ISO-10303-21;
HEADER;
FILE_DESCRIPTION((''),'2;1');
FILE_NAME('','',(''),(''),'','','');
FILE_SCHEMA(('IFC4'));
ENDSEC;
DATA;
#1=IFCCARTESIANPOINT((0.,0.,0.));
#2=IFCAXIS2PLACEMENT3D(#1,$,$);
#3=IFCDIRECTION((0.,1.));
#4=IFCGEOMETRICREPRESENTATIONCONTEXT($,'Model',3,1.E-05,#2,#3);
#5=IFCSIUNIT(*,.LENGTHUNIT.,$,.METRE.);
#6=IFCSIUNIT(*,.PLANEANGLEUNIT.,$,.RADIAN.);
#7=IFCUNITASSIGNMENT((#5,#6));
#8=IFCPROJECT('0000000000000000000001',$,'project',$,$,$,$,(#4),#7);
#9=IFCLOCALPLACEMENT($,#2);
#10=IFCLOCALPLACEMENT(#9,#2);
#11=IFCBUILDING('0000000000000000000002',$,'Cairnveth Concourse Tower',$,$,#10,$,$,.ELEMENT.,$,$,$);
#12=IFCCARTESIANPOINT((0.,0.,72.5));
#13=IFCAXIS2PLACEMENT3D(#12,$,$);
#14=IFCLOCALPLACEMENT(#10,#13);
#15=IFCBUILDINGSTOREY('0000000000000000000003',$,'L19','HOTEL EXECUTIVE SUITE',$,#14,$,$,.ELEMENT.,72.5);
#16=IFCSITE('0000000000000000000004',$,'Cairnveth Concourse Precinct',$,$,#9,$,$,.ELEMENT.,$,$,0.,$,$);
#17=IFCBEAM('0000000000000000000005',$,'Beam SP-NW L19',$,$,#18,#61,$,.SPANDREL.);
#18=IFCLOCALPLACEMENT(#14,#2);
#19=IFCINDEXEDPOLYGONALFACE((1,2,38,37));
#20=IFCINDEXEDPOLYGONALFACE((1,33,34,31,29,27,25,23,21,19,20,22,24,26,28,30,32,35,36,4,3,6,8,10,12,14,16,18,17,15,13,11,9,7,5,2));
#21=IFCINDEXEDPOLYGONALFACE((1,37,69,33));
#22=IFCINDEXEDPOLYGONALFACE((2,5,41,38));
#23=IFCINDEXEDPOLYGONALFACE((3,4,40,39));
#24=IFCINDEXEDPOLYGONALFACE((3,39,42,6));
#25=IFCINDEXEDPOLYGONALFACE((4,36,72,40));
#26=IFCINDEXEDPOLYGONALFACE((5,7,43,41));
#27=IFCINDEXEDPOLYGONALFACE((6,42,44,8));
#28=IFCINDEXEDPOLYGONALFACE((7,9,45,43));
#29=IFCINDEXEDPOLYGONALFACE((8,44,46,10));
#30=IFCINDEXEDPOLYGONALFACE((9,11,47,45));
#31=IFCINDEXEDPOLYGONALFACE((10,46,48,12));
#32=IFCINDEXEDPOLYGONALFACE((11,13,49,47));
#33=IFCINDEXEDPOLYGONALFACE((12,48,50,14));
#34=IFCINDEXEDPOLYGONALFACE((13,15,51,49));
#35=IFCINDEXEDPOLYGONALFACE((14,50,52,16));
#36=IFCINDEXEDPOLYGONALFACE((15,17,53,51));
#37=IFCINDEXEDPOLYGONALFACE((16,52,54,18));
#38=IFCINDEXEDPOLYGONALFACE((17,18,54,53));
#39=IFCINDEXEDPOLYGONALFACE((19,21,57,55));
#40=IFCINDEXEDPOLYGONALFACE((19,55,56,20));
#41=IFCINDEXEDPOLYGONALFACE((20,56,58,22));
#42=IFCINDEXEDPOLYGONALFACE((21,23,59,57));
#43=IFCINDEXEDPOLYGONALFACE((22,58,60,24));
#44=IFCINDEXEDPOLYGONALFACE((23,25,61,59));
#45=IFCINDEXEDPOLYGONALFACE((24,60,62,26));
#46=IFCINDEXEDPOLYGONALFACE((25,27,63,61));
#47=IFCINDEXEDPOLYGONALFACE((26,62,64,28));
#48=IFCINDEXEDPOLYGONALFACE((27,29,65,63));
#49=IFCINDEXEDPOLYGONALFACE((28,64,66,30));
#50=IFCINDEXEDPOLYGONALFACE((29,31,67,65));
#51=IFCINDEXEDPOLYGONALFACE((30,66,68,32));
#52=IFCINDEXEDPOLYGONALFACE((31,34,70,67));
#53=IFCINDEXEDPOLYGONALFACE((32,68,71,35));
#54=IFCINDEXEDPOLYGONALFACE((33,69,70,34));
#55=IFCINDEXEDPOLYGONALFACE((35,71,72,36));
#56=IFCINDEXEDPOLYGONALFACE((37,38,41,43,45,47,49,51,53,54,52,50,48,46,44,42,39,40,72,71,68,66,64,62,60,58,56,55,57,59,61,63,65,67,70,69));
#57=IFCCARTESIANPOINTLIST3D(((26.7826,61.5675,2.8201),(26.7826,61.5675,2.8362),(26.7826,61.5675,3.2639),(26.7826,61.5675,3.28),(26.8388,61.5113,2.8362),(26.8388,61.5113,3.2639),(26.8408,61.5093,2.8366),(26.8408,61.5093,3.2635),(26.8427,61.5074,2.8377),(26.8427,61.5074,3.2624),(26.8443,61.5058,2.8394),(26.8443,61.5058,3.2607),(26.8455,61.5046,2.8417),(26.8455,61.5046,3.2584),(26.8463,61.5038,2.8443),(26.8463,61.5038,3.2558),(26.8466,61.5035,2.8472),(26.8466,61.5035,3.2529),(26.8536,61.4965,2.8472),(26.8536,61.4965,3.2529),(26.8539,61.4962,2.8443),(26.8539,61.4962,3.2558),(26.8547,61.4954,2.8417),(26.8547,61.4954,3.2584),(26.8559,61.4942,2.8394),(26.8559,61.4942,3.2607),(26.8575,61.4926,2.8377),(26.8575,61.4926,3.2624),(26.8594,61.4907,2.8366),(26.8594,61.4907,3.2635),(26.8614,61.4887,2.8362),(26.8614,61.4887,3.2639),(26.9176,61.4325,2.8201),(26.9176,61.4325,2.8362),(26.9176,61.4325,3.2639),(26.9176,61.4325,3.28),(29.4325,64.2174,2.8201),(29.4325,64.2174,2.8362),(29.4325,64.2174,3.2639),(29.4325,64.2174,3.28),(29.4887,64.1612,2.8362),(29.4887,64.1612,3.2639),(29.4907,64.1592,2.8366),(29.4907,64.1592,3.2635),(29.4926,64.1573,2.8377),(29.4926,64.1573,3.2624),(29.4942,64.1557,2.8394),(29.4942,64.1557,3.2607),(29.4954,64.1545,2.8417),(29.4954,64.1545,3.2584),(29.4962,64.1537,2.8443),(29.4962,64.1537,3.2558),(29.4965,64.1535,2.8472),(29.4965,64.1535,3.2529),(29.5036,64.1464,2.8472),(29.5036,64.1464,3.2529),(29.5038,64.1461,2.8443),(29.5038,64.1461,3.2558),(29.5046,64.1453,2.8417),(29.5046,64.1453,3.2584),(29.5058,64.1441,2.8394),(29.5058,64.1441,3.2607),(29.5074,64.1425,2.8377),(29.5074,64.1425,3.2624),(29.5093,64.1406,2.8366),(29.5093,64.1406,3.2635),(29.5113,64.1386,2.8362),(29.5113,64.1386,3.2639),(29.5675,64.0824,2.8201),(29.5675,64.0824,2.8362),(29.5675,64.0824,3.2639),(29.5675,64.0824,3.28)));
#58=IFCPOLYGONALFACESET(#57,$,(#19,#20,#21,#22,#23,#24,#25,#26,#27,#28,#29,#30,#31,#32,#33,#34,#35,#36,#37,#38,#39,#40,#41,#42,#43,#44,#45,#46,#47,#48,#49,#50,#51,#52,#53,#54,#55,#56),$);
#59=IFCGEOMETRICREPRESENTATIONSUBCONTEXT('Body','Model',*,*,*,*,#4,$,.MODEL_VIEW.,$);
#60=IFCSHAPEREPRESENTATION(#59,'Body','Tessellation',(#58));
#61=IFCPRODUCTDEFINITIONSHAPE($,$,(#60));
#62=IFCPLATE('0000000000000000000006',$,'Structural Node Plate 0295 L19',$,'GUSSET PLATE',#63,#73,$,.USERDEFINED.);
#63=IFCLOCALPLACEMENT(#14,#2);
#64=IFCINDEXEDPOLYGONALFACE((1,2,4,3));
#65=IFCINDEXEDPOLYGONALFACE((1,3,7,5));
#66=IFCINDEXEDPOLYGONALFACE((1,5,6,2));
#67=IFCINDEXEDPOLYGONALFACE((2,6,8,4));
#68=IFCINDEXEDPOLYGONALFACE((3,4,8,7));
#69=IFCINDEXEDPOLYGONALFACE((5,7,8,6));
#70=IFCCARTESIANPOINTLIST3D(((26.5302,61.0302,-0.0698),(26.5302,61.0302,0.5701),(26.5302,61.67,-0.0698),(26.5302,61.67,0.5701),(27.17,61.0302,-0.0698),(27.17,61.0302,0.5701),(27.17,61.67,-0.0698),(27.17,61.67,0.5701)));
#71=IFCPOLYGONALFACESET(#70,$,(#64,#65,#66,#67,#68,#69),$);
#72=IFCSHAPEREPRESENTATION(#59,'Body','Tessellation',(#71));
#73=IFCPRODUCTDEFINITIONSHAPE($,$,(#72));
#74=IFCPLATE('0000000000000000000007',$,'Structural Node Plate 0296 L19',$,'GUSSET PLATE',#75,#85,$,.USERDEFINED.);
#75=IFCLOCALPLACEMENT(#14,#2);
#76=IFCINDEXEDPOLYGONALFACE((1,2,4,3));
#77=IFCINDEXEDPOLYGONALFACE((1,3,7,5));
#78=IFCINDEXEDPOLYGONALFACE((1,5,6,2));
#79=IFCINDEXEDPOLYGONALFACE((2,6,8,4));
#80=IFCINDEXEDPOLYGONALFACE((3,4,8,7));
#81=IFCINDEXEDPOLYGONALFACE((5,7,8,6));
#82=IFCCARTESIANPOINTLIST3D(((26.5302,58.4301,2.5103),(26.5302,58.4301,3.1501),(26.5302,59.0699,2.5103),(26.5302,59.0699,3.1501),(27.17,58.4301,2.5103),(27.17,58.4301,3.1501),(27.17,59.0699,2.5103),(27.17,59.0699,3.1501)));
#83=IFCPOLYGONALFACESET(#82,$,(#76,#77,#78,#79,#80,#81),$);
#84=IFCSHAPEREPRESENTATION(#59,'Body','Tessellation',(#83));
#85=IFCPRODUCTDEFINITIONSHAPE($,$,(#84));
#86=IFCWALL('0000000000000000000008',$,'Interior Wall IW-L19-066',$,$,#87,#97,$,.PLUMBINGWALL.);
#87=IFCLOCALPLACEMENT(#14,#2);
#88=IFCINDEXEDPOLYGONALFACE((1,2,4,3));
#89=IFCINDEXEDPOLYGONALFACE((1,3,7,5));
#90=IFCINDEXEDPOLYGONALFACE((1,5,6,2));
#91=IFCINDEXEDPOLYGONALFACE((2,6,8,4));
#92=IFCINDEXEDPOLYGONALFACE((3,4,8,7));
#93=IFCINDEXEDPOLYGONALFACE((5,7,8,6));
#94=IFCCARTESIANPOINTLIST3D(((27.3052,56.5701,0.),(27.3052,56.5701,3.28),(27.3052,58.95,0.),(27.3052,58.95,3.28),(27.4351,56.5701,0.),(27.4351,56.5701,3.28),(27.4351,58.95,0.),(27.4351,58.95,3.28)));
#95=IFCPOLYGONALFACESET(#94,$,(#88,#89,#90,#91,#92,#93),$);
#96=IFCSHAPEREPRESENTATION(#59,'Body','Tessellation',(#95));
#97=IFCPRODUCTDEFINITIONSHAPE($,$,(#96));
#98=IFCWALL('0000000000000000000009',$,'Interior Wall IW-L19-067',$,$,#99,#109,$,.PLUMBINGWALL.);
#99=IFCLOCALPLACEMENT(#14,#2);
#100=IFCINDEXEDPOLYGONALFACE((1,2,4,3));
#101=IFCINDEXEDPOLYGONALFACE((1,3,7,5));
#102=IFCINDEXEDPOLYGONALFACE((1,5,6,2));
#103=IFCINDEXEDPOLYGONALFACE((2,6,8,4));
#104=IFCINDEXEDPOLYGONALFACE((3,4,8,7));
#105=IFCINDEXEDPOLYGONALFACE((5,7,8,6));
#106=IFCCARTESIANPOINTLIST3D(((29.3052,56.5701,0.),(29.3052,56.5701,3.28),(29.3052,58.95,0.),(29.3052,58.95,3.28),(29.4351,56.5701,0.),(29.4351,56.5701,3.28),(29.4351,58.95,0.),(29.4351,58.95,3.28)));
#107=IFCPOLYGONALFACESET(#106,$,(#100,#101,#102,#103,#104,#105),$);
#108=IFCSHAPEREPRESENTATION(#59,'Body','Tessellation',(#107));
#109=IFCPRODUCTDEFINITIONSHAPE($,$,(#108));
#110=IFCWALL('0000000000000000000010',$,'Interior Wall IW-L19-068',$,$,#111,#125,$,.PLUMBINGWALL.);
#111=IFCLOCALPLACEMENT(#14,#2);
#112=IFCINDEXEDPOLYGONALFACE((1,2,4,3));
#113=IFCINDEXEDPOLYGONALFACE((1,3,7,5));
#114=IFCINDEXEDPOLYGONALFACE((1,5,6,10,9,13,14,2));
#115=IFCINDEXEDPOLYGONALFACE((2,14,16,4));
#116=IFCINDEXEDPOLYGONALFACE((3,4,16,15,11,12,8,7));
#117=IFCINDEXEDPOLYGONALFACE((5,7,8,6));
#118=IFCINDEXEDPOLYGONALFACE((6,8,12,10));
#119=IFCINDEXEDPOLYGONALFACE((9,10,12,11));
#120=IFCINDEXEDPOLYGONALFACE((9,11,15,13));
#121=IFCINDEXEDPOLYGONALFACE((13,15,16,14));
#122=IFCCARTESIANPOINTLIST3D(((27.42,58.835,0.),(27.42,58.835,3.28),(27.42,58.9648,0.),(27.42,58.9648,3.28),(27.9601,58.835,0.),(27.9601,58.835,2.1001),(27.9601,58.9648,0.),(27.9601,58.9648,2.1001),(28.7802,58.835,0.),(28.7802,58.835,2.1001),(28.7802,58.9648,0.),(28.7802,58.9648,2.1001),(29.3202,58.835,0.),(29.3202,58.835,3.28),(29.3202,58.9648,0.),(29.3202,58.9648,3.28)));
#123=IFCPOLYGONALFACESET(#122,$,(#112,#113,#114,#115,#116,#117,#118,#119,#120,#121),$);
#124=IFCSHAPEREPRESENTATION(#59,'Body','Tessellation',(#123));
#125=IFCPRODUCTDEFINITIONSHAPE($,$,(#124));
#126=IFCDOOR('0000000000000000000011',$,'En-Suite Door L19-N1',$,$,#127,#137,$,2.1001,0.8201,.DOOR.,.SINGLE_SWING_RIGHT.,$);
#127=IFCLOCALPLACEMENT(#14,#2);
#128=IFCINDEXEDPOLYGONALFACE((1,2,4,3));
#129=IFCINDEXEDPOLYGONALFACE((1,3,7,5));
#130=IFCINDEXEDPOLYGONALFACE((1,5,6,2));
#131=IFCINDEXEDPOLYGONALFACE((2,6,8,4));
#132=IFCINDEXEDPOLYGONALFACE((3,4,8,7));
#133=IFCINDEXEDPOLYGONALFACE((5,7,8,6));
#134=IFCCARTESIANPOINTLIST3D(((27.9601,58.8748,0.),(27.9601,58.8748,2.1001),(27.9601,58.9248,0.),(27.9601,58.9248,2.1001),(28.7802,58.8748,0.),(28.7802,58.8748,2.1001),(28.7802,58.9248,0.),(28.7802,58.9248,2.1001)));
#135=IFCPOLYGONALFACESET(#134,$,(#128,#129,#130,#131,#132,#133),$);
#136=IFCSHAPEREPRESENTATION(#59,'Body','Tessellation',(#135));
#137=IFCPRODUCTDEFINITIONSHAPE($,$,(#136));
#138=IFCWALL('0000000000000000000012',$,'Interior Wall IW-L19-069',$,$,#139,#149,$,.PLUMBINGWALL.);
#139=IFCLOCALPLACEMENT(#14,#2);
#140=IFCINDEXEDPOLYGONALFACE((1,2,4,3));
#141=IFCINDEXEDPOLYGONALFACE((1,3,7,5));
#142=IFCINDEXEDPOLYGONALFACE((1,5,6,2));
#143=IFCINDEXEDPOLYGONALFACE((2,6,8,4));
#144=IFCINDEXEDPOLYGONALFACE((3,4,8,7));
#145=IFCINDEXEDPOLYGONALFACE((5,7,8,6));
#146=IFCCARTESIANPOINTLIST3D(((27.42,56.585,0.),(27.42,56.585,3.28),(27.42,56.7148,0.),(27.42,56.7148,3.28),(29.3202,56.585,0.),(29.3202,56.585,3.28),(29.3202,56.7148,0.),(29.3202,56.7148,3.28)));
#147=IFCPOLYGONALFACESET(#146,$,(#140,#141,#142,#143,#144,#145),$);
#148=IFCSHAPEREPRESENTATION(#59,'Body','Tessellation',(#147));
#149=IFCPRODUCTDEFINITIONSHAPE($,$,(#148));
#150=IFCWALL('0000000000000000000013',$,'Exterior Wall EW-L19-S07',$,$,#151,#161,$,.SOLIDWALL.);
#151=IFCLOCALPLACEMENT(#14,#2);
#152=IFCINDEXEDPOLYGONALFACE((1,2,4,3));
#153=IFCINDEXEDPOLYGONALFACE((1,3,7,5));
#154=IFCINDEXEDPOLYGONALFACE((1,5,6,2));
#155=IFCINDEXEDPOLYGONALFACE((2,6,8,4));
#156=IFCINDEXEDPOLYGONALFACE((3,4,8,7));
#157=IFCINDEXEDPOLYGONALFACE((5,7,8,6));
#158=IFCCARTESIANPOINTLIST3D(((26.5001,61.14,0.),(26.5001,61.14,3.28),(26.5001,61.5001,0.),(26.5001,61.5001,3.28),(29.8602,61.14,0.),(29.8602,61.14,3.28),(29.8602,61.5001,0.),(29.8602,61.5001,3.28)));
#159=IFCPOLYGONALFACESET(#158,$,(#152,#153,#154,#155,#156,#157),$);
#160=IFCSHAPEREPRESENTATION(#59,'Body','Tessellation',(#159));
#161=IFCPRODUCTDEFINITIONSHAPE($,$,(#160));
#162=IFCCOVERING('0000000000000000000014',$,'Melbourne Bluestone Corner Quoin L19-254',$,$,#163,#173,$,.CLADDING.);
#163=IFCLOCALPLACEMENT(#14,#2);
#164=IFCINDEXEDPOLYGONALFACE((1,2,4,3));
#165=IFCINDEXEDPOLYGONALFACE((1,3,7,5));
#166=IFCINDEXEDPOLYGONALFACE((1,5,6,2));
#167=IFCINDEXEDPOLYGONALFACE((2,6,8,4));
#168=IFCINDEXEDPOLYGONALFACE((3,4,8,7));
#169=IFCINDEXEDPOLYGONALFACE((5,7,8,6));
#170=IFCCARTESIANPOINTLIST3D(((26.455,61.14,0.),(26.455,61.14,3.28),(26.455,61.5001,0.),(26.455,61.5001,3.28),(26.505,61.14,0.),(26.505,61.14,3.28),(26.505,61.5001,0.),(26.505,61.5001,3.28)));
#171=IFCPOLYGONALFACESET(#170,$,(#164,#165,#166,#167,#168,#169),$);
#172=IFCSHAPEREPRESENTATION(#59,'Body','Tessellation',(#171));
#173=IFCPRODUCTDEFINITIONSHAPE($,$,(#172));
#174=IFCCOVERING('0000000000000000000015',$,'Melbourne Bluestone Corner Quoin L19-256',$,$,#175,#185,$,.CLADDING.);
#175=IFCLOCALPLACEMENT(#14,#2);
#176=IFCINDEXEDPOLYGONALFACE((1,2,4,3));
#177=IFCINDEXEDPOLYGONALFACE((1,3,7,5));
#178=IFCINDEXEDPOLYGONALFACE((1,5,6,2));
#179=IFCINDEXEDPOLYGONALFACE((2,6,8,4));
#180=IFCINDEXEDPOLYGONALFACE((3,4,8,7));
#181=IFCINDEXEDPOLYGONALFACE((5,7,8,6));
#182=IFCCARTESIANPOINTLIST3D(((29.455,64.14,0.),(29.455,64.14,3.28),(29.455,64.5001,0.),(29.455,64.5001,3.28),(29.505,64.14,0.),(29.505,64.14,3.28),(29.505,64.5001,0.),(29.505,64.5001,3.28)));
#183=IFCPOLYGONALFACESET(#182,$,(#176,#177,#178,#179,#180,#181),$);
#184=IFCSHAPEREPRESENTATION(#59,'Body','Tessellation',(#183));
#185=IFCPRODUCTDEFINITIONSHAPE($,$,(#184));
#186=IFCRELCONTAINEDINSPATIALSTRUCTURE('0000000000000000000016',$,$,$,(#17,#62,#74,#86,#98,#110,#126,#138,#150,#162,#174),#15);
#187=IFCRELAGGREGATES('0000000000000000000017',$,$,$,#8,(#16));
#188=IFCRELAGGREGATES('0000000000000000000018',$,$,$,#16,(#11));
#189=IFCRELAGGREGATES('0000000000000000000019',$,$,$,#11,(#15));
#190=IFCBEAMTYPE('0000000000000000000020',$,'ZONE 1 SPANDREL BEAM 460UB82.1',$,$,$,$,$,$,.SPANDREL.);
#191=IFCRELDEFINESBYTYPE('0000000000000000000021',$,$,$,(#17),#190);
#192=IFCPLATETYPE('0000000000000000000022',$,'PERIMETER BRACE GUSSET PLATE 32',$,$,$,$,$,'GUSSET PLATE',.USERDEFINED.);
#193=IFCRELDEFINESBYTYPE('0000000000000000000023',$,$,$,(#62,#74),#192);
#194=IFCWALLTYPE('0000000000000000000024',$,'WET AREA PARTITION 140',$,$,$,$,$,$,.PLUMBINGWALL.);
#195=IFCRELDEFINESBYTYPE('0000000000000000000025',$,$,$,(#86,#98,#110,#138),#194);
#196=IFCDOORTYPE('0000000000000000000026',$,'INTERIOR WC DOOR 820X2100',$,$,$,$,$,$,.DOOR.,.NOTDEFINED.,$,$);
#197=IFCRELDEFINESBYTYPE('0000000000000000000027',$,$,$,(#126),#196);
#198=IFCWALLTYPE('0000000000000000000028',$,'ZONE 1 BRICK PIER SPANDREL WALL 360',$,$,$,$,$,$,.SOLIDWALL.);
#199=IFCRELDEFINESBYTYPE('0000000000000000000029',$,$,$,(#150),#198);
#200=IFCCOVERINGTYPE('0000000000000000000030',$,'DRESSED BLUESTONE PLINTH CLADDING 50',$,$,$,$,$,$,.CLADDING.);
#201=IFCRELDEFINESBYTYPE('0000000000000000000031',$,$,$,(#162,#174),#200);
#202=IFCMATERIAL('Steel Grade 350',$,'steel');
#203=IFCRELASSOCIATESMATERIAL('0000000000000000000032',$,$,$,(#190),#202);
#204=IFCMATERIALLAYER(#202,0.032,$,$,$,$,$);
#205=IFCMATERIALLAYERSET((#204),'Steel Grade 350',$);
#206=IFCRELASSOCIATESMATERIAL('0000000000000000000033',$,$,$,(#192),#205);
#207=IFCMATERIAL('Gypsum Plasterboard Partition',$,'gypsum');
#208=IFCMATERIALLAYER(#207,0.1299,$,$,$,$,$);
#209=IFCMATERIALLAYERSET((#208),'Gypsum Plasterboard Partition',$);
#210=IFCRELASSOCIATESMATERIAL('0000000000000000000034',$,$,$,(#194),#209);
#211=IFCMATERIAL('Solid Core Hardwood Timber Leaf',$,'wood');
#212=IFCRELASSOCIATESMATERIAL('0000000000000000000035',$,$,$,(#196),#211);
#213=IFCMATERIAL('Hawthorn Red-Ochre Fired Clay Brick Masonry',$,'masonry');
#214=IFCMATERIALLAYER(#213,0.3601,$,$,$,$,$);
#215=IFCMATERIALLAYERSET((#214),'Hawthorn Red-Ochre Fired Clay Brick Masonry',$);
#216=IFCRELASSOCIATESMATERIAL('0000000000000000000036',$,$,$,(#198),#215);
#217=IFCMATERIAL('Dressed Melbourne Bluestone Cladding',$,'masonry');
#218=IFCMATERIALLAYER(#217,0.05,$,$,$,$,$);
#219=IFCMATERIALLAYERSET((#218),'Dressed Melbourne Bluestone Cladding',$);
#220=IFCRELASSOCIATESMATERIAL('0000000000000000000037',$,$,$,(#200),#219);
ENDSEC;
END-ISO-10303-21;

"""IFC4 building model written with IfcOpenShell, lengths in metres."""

from ifc_helpers import new_model, si_unit, direction, frame, frame_2d, origin, origin_2d, place, context, subcontext, project, spatial, rectangle, i_section, extrude, material, layer, layer_set, material_profile, profile_set, type_object, element, fill, save


model = new_model("IFC4")

# Units and contexts
model_context = context("Model", 3, precision=1e-05, world=origin(), true_north=direction((0.0, 1.0)))
body_context = subcontext(model_context, "Body", "Model", "MODEL_VIEW")
ifc_project = project(units=[si_unit("LENGTHUNIT", "METRE"), si_unit("PLANEANGLEUNIT", "RADIAN")], contexts=[model_context])

# Site, building, storey
site_placement = place(None, origin())
site = spatial("IfcSite", under=ifc_project, at=site_placement, Name="Cairnveth Concourse Precinct", CompositionType="ELEMENT", RefElevation=0.0)
building_placement = place(site_placement, origin())
building = spatial("IfcBuilding", under=site, at=building_placement, Name="Cairnveth Concourse Tower", CompositionType="ELEMENT")
storey_placement = place(building_placement, frame((0.0, 0.0, 72.5)))
storey = spatial("IfcBuildingStorey", under=building, at=storey_placement, Name="L19", Description="HOTEL EXECUTIVE SUITE", CompositionType="ELEMENT", Elevation=72.5)

# Shared definitions
ifc_material_1 = material(Name="Steel Grade 350", Category="steel")

# Beam
ifc_material_profile_1 = material_profile(ifc_material_1, i_section(OverallWidth=0.1909, OverallDepth=0.46, WebThickness=0.01, FlangeThickness=0.0161, FilletRadius=0.011, at=origin_2d()), Name="460UB82.1")
ifc_profile_set_1 = profile_set([ifc_material_profile_1], Name="Steel Grade 350")
beam_type_1 = type_object("IfcBeamType", Name="ZONE 1 SPANDREL BEAM 460UB82.1", PredefinedType="SPANDREL", material=ifc_profile_set_1)
beam_1_placement = place(storey_placement, frame((26.8501, 61.5, 3.05), z_axis=(0.707107, 0.707107, 0.0), x_axis=(-0.707107, 0.707107, 0.0)))
element("IfcBeam", 1, at=beam_1_placement, inside=storey, type_object=beam_type_1, Name="Beam SP-NW L19", PredefinedType="SPANDREL", context=body_context, shape_type="SweptSolid", body=[
    extrude(i_section(OverallWidth=0.1909, OverallDepth=0.46, WebThickness=0.01, FlangeThickness=0.0161, FilletRadius=0.011, at=origin_2d()), origin(), (0.0, 0.0, 1.0), 3.7476),
])

# Plates
ifc_layer_1 = layer(ifc_material_1, 0.032)
ifc_layer_set_1 = layer_set([ifc_layer_1], Name="Steel Grade 350")
plate_type = type_object("IfcPlateType", Name="PERIMETER BRACE GUSSET PLATE 32", ElementType="GUSSET PLATE", PredefinedType="USERDEFINED", material=ifc_layer_set_1)
for number, where, z_axis, x_axis, name in (
    (2, (26.8501, 61.3501, -0.0698), (0.0, 0.0, 1.0), (1.0, 0.0, 0.0), "Structural Node Plate 0295 L19"),
    (3, (26.8501, 58.75, 2.5103), (0.0, 0.0, 1.0), (1.0, 0.0, 0.0), "Structural Node Plate 0296 L19"),
):
    element("IfcPlate", number, at=place(storey_placement, frame(where, z_axis=z_axis, x_axis=x_axis)), inside=storey, type_object=plate_type, Name=name, ObjectType="GUSSET PLATE", PredefinedType="USERDEFINED", context=body_context, shape_type="SweptSolid", body=[
        extrude(rectangle(XDim=0.6399, YDim=0.6399, at=origin_2d()), origin(), (0.0, 0.0, 1.0), 0.6399),
    ])

# Walls
ifc_material_2 = material(Name="Gypsum Plasterboard Partition", Category="gypsum")
ifc_layer_2 = layer(ifc_material_2, 0.1299)
ifc_layer_set_2 = layer_set([ifc_layer_2], Name="Gypsum Plasterboard Partition")
wall_type_1 = type_object("IfcWallType", Name="WET AREA PARTITION 140", PredefinedType="PLUMBINGWALL", material=ifc_layer_set_2)
for number, where, z_axis, x_axis, name in (
    (4, (27.3701, 56.5701, 0.0), (0.0, 0.0, 1.0), (0.0, 1.0, 0.0), "Interior Wall IW-L19-066"),
    (5, (29.3701, 56.5701, 0.0), (0.0, 0.0, 1.0), (0.0, 1.0, 0.0), "Interior Wall IW-L19-067"),
):
    element("IfcWall", number, at=place(storey_placement, frame(where, z_axis=z_axis, x_axis=x_axis)), inside=storey, type_object=wall_type_1, Name=name, PredefinedType="PLUMBINGWALL", context=body_context, shape_type="SweptSolid", body=[
        extrude(rectangle(XDim=2.3799, YDim=0.1299, at=frame_2d((1.1899, 0.0))), origin(), (0.0, 0.0, 1.0), 3.28),
    ])

# Wall, opening, door
wall_1_placement = place(storey_placement, frame((27.4199, 58.8999, 0.0), z_axis=(0.0, 0.0, 1.0), x_axis=(1.0, 0.0, 0.0)))
wall_1 = element("IfcWall", 6, at=wall_1_placement, inside=storey, type_object=wall_type_1, Name="Interior Wall IW-L19-068", PredefinedType="PLUMBINGWALL", context=body_context, shape_type="SweptSolid", body=[
    extrude(rectangle(XDim=1.9001, YDim=0.1299, at=frame_2d((0.9502, 0.0))), origin(), (0.0, 0.0, 1.0), 3.28),
])
opening_placement = place(wall_1_placement, frame((0.54, 0.0, 0.0)))
opening = element("IfcOpeningElement", 7, at=opening_placement, cuts=wall_1, PredefinedType="OPENING", context=body_context, shape_type="SweptSolid", body=[
    extrude(rectangle(XDim=0.8201, YDim=2.1001, at=frame_2d((0.4102, 1.05))), frame((0.0, 0.075, 0.0), z_axis=(0.0, -1.0, 0.0), x_axis=(1.0, 0.0, 0.0)), (0.0, 0.0, 1.0), 0.1499),
])
ifc_material_3 = material(Name="Solid Core Hardwood Timber Leaf", Category="wood")
door_type = type_object("IfcDoorType", Name="INTERIOR WC DOOR 820X2100", OperationType="NOTDEFINED", PredefinedType="DOOR", material=ifc_material_3)
door_placement = place(opening_placement, origin())
door = element("IfcDoor", 8, at=door_placement, inside=storey, type_object=door_type, Name="En-Suite Door L19-N1", OperationType="SINGLE_SWING_RIGHT", OverallHeight=2.1001, OverallWidth=0.8201, PredefinedType="DOOR", context=body_context, shape_type="SweptSolid", body=[
    extrude(rectangle(XDim=0.8201, YDim=2.1001, at=frame_2d((0.4102, 1.05))), frame((0.0, 0.0249, 0.0), z_axis=(0.0, -1.0, 0.0), x_axis=(1.0, 0.0, 0.0)), (0.0, 0.0, 1.0), 0.05),
])
fill(opening, door)

# Walls
wall_2_placement = place(storey_placement, frame((27.4199, 56.6499, 0.0), z_axis=(0.0, 0.0, 1.0), x_axis=(1.0, 0.0, 0.0)))
element("IfcWall", 9, at=wall_2_placement, inside=storey, type_object=wall_type_1, Name="Interior Wall IW-L19-069", PredefinedType="PLUMBINGWALL", context=body_context, shape_type="SweptSolid", body=[
    extrude(rectangle(XDim=1.9001, YDim=0.1299, at=frame_2d((0.9502, 0.0))), origin(), (0.0, 0.0, 1.0), 3.28),
])
ifc_material_4 = material(Name="Hawthorn Red-Ochre Fired Clay Brick Masonry", Category="masonry")
ifc_layer_3 = layer(ifc_material_4, 0.3601)
ifc_layer_set_3 = layer_set([ifc_layer_3], Name="Hawthorn Red-Ochre Fired Clay Brick Masonry")
wall_type_2 = type_object("IfcWallType", Name="ZONE 1 BRICK PIER SPANDREL WALL 360", PredefinedType="SOLIDWALL", material=ifc_layer_set_3)
wall_3_placement = place(storey_placement, frame((26.5, 61.3201, 0.0), z_axis=(0.0, 0.0, 1.0), x_axis=(1.0, 0.0, 0.0)))
element("IfcWall", 10, at=wall_3_placement, inside=storey, type_object=wall_type_2, Name="Exterior Wall EW-L19-S07", PredefinedType="SOLIDWALL", context=body_context, shape_type="SweptSolid", body=[
    extrude(rectangle(XDim=3.3601, YDim=0.3601, at=frame_2d((1.6802, 0.0))), origin(), (0.0, 0.0, 1.0), 3.28),
])

# Coverings
ifc_material_5 = material(Name="Dressed Melbourne Bluestone Cladding", Category="masonry")
ifc_layer_4 = layer(ifc_material_5, 0.05)
ifc_layer_set_4 = layer_set([ifc_layer_4], Name="Dressed Melbourne Bluestone Cladding")
covering_type = type_object("IfcCoveringType", Name="DRESSED BLUESTONE PLINTH CLADDING 50", PredefinedType="CLADDING", material=ifc_layer_set_4)
for number, where, z_axis, x_axis, name in (
    (11, (26.48, 61.1399, 0.0), (0.0, 0.0, 1.0), (0.0, 1.0, 0.0), "Melbourne Bluestone Corner Quoin L19-254"),
    (12, (29.48, 64.1399, 0.0), (0.0, 0.0, 1.0), (0.0, 1.0, 0.0), "Melbourne Bluestone Corner Quoin L19-256"),
):
    element("IfcCovering", number, at=place(storey_placement, frame(where, z_axis=z_axis, x_axis=x_axis)), inside=storey, type_object=covering_type, Name=name, PredefinedType="CLADDING", context=body_context, shape_type="SweptSolid", body=[
        extrude(rectangle(XDim=0.3601, YDim=0.05, at=frame_2d((0.1802, 0.0))), origin(), (0.0, 0.0, 1.0), 3.28),
    ])

save(model, "model.ifc")
